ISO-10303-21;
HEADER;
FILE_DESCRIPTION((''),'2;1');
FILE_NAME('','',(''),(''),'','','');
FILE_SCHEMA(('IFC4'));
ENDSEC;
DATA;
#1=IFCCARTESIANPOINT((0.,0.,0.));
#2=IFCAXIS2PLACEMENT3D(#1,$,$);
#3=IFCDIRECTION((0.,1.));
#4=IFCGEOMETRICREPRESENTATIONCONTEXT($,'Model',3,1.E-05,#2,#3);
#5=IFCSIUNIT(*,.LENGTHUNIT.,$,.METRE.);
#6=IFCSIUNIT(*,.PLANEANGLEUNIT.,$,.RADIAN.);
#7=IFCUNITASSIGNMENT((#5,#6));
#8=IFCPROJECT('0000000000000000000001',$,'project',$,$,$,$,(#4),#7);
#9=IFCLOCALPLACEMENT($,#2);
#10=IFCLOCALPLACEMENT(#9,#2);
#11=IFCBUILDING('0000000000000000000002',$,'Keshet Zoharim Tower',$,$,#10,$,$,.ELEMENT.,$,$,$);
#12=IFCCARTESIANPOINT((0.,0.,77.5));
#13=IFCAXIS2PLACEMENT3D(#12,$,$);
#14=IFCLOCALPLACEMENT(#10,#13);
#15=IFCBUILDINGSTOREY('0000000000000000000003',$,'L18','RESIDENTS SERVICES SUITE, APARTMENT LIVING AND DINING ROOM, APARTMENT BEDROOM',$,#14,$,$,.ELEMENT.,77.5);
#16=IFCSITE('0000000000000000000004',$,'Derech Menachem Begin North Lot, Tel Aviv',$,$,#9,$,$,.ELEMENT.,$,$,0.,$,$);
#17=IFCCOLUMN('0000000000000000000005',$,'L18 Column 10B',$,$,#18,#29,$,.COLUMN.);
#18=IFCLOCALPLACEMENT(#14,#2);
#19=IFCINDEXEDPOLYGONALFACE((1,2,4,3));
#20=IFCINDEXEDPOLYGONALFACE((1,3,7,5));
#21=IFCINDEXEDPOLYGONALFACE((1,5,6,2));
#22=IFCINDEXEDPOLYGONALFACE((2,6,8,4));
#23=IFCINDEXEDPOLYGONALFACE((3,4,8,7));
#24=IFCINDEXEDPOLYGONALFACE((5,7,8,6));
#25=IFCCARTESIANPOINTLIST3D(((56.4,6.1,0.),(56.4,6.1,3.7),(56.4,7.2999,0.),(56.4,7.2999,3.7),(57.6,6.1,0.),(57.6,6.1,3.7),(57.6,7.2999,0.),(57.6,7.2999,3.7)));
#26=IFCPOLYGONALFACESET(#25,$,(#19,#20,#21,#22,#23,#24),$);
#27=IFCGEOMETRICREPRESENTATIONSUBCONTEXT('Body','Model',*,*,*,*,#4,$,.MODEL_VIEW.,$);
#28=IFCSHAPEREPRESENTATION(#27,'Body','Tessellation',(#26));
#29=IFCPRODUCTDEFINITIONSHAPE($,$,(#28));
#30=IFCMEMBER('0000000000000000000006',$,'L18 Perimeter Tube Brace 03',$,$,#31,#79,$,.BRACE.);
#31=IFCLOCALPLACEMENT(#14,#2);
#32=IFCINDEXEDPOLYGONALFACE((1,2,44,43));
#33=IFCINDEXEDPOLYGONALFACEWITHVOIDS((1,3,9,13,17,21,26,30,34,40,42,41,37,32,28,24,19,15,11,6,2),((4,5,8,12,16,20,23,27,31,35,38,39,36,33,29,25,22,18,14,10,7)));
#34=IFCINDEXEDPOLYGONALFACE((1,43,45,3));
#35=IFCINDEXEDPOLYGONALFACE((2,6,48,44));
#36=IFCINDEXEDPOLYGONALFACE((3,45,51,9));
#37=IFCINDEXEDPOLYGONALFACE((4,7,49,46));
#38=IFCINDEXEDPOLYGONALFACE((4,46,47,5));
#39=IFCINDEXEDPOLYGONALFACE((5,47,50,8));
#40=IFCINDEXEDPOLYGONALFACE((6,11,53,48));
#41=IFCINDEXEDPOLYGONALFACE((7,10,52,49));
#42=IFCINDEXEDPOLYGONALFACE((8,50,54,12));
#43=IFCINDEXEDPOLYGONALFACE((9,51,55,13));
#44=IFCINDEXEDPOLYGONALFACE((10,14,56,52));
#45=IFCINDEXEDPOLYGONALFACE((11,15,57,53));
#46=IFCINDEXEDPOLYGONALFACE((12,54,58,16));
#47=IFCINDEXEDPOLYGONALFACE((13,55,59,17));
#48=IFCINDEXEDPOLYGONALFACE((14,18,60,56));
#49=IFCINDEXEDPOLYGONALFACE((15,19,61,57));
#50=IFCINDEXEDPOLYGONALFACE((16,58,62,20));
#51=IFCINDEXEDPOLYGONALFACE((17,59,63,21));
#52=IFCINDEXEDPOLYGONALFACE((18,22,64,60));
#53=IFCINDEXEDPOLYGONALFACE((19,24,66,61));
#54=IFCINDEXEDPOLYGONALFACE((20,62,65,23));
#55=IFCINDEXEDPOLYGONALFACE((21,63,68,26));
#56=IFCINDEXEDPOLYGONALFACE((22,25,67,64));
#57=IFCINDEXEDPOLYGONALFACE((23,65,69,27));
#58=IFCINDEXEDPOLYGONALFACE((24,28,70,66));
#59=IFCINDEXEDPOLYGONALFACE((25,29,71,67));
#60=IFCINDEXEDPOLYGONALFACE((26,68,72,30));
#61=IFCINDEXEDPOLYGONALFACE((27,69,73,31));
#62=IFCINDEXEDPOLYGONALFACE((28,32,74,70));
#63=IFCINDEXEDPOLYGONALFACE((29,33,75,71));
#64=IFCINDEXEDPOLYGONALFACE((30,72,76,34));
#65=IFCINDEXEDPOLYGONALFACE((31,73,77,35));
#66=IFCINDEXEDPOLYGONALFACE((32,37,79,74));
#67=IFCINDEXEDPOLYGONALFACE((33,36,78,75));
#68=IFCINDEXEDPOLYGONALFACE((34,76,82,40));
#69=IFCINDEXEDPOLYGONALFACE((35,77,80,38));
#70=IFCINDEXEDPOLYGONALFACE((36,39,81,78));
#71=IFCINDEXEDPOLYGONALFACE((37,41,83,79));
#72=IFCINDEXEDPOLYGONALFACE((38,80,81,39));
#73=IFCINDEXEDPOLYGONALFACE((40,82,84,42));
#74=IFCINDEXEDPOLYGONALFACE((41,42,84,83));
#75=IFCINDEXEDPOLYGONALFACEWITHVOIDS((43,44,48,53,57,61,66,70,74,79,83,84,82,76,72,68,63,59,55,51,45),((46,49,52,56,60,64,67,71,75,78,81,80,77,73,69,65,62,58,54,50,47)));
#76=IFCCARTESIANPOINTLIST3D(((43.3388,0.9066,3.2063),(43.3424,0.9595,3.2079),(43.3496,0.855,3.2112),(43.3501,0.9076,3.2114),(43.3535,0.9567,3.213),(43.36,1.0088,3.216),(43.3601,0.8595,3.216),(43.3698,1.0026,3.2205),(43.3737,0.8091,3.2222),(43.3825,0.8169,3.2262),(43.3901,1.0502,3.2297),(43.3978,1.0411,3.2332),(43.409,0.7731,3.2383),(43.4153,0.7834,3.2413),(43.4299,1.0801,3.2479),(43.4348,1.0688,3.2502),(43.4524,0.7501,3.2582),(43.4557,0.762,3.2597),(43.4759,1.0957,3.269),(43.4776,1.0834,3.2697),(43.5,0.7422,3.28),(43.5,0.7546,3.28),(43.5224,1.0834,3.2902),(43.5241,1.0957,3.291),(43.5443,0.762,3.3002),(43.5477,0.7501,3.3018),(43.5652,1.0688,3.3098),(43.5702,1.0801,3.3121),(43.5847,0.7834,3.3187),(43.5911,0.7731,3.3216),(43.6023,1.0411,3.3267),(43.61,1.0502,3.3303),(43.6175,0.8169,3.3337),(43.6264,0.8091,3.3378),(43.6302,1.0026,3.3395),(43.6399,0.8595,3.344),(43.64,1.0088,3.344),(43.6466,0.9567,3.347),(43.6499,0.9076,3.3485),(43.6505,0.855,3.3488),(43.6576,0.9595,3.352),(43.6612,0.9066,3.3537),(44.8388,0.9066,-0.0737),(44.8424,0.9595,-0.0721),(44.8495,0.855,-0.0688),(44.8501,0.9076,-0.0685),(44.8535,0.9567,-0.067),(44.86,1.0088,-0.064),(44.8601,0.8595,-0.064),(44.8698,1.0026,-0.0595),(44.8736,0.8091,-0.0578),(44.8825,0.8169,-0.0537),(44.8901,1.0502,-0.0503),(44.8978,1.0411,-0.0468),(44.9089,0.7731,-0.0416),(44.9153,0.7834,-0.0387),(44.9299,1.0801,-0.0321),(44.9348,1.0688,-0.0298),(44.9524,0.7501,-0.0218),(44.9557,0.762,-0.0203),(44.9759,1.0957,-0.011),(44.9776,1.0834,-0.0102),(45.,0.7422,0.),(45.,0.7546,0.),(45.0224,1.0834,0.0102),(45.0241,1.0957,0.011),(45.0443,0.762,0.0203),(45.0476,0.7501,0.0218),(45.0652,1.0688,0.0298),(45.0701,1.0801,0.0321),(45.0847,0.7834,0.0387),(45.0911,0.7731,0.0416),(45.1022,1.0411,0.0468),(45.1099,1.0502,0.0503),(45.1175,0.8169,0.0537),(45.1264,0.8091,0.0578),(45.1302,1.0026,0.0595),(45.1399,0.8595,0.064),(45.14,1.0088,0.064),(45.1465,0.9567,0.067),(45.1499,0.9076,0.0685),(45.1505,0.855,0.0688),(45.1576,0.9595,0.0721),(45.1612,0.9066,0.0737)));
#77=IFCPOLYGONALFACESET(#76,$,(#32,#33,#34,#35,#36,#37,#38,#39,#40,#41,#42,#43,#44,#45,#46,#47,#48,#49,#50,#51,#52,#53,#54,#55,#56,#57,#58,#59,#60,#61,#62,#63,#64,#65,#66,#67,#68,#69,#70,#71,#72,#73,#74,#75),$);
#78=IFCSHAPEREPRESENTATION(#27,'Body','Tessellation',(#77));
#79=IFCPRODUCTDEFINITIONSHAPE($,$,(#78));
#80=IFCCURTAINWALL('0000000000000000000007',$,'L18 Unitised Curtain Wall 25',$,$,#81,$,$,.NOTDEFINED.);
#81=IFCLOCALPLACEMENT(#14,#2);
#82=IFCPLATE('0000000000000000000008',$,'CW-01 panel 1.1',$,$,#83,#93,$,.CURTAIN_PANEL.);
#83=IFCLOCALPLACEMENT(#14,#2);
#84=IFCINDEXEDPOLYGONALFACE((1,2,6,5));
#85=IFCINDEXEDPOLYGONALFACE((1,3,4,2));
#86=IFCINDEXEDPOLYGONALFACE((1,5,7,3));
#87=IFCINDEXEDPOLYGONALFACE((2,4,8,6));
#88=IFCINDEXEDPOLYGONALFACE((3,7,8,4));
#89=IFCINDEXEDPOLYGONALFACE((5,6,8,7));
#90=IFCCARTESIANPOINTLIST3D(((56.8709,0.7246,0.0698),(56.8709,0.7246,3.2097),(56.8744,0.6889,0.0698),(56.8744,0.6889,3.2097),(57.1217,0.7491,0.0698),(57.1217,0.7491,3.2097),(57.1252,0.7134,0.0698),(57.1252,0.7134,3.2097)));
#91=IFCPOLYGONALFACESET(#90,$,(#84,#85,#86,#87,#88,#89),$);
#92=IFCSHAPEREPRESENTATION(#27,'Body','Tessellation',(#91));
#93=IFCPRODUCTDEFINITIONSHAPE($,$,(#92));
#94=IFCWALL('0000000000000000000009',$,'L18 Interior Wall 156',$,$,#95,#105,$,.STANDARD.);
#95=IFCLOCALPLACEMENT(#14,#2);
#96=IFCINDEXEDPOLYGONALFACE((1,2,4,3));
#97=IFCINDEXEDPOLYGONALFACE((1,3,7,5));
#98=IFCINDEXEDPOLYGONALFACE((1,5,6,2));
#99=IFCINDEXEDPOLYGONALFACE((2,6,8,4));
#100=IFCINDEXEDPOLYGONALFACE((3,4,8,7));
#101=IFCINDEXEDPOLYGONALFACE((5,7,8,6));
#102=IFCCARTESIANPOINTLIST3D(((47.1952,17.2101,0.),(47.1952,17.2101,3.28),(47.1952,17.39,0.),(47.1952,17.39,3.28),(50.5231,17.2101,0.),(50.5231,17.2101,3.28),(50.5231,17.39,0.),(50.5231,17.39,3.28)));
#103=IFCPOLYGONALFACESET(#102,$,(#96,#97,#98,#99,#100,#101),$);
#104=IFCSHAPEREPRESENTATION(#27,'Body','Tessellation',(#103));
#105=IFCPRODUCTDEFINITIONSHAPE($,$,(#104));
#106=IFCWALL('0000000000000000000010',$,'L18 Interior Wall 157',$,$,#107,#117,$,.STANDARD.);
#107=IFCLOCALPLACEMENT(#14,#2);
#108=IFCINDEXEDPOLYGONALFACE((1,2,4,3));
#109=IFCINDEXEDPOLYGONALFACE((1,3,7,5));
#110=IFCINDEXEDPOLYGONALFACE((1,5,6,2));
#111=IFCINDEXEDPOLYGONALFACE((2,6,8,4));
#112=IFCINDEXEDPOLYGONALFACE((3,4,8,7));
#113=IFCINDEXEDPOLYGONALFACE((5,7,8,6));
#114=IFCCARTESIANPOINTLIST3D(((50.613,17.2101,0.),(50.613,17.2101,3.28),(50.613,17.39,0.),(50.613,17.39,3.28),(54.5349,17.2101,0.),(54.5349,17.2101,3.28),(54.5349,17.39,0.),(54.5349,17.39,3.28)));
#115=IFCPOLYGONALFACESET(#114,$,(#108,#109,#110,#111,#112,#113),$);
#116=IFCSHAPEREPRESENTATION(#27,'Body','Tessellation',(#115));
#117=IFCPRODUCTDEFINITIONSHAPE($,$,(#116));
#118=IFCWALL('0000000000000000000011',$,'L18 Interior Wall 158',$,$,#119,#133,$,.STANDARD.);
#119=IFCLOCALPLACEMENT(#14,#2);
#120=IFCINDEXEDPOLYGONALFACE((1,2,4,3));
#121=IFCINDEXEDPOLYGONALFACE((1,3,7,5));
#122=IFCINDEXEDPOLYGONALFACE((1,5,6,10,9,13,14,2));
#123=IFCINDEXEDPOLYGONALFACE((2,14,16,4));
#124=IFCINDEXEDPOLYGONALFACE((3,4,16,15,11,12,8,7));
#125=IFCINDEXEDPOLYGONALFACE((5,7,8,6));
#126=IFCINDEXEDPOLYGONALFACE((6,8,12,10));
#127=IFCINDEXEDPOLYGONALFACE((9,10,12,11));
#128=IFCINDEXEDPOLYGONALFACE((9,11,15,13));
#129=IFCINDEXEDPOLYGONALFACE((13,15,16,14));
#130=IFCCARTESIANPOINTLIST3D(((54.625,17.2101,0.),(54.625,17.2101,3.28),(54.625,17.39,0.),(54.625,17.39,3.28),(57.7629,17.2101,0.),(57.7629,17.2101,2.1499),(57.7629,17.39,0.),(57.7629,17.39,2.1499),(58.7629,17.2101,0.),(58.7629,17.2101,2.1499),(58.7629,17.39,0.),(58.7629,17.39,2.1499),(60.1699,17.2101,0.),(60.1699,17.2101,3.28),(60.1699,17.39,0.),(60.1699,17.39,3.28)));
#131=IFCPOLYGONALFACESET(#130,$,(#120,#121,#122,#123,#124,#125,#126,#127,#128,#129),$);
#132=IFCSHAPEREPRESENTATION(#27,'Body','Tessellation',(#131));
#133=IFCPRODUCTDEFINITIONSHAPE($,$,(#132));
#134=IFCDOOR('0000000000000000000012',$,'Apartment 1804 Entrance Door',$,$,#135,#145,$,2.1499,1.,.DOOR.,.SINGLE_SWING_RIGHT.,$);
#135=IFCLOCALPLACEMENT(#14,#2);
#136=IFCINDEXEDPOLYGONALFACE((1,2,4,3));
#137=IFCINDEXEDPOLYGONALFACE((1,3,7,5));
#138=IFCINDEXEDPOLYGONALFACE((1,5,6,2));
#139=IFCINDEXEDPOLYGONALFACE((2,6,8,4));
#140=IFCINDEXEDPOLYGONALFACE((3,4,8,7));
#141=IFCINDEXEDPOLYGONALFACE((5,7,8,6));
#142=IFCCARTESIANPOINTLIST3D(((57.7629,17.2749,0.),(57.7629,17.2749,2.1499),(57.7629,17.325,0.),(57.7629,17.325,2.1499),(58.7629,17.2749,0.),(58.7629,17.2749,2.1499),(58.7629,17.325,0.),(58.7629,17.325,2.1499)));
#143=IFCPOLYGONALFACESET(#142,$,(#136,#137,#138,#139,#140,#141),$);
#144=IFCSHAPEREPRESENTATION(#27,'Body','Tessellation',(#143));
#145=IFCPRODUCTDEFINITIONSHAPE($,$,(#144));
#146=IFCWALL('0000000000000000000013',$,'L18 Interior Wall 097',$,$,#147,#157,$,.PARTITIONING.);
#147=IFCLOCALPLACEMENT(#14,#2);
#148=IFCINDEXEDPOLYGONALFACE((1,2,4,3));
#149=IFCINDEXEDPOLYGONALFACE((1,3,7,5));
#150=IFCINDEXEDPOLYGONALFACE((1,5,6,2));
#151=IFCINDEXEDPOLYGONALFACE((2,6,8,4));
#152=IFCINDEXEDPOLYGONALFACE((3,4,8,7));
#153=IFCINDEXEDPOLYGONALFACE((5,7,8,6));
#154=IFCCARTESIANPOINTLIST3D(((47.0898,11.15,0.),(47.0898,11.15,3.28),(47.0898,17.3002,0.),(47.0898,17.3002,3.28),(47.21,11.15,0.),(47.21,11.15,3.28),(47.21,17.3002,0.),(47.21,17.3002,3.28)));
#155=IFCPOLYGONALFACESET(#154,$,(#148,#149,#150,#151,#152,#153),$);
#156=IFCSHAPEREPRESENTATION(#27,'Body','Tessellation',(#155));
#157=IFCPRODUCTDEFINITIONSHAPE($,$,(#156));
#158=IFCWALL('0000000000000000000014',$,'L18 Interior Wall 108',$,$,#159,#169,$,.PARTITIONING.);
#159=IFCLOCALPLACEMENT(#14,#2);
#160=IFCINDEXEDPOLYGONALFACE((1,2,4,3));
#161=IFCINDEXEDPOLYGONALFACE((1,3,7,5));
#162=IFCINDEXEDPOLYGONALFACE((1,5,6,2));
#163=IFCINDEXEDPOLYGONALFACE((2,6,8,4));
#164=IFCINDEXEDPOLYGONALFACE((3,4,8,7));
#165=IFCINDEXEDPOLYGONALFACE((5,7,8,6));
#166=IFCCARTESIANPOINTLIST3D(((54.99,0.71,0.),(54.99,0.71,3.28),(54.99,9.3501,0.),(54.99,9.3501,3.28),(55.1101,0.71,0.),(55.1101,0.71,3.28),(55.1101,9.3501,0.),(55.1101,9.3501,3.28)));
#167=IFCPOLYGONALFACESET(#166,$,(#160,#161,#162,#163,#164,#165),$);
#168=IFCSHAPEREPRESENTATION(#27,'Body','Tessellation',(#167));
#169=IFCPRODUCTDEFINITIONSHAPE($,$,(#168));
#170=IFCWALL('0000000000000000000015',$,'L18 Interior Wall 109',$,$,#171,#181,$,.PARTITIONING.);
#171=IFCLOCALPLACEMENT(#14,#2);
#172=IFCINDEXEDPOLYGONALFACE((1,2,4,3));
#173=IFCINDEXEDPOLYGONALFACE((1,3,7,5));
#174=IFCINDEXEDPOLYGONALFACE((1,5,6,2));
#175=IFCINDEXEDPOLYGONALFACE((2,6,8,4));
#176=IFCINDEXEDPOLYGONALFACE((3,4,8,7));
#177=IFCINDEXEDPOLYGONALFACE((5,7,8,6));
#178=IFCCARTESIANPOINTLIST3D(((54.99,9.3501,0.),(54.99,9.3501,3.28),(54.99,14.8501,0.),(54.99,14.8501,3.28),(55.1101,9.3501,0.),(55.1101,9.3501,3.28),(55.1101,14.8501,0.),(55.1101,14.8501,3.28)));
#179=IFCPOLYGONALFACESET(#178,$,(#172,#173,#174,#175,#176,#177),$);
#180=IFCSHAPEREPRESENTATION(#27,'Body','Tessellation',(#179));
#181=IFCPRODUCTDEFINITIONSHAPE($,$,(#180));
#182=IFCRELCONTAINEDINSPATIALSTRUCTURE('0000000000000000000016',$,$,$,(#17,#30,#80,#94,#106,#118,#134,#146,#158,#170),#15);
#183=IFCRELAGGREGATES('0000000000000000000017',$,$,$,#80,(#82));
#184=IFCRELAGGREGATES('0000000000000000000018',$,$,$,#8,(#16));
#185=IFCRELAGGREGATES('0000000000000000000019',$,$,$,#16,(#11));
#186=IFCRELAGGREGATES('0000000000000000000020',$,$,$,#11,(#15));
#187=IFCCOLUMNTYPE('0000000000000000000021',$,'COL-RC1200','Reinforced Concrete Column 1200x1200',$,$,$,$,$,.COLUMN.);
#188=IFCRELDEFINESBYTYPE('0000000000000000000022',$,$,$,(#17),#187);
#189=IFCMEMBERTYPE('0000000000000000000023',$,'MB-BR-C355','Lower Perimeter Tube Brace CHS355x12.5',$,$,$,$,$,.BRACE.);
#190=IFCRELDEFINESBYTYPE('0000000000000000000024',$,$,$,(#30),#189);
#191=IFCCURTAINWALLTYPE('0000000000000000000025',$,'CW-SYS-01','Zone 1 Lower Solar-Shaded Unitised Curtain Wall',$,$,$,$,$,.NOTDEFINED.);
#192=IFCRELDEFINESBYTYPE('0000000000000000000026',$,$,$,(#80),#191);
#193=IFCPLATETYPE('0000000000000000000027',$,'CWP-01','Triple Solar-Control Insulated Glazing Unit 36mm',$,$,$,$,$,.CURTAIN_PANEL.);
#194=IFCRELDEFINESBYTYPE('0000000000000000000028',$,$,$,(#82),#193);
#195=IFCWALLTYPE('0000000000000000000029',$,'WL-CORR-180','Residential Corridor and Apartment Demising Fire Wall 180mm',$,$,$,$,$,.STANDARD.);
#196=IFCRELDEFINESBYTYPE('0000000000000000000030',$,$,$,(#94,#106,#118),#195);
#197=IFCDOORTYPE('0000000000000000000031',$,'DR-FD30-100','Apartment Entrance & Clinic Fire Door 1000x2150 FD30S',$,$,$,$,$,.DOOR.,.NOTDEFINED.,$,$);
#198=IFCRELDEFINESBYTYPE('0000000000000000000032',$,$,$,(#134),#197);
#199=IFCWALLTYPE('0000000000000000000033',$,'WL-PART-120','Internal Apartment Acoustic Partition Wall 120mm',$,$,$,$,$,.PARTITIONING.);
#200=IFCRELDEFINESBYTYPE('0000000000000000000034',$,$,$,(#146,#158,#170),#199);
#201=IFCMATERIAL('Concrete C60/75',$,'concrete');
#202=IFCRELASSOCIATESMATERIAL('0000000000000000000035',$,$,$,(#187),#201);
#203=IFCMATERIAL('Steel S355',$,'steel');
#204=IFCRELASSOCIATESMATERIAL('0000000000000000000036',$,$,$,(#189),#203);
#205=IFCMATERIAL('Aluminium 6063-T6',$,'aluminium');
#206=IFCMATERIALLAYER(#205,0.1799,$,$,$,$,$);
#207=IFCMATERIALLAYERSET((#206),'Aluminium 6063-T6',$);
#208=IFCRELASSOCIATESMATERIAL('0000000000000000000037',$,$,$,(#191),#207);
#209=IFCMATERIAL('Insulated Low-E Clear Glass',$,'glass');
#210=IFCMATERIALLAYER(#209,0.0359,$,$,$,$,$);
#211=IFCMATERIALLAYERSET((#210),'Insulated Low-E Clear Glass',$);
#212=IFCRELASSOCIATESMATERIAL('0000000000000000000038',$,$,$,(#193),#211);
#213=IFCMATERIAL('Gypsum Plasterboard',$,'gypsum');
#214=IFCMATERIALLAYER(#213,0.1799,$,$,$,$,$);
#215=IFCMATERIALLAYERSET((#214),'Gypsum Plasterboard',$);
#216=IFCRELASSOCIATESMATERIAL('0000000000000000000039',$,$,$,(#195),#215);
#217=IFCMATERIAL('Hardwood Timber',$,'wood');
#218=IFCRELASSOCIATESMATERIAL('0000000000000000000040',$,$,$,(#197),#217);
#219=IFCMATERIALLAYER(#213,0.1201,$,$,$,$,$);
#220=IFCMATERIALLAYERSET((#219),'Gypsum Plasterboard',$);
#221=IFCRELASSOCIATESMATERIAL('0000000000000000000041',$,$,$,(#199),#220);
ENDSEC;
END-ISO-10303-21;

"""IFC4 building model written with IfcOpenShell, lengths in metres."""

from ifc_helpers import new_model, si_unit, direction, frame, frame_2d, origin, origin_2d, place, context, subcontext, project, spatial, rectangle, hollow_circle, extrude, material, layer, layer_set, material_profile, profile_set, type_object, element, fill, aggregate, save


model = new_model("IFC4")

# Units and contexts
model_context = context("Model", 3, precision=1e-05, world=origin(), true_north=direction((0.0, 1.0)))
body_context = subcontext(model_context, "Body", "Model", "MODEL_VIEW")
ifc_project = project(units=[si_unit("LENGTHUNIT", "METRE"), si_unit("PLANEANGLEUNIT", "RADIAN")], contexts=[model_context])

# Site, building, storey
site_placement = place(None, origin())
site = spatial("IfcSite", under=ifc_project, at=site_placement, Name="Derech Menachem Begin North Lot, Tel Aviv", CompositionType="ELEMENT", RefElevation=0.0)
building_placement = place(site_placement, origin())
building = spatial("IfcBuilding", under=site, at=building_placement, Name="Keshet Zoharim Tower", CompositionType="ELEMENT")
storey_placement = place(building_placement, frame((0.0, 0.0, 77.5)))
storey = spatial("IfcBuildingStorey", under=building, at=storey_placement, Name="L18", Description="RESIDENTS SERVICES SUITE, APARTMENT LIVING AND DINING ROOM, APARTMENT BEDROOM", CompositionType="ELEMENT", Elevation=77.5)

# Column
ifc_material_1 = material(Name="Concrete C60/75", Category="concrete")
ifc_material_profile_1 = material_profile(ifc_material_1, rectangle(XDim=1.2, YDim=1.2, at=origin_2d()), Name="RC1200x1200")
ifc_profile_set_1 = profile_set([ifc_material_profile_1], Name="Concrete C60/75")
column_type = type_object("IfcColumnType", Name="COL-RC1200", Description="Reinforced Concrete Column 1200x1200", PredefinedType="COLUMN", material=ifc_profile_set_1)
column_placement = place(storey_placement, frame((57.0, 6.7, 0.0), z_axis=(0.0, 0.0, 1.0), x_axis=(1.0, 0.0, 0.0)))
element("IfcColumn", 1, at=column_placement, inside=storey, type_object=column_type, Name="L18 Column 10B", PredefinedType="COLUMN", context=body_context, shape_type="SweptSolid", body=[
    extrude(rectangle(XDim=1.2, YDim=1.2, at=origin_2d()), origin(), (0.0, 0.0, 1.0), 3.7),
])

# Member
ifc_material_2 = material(Name="Steel S355", Category="steel")
ifc_material_profile_2 = material_profile(ifc_material_2, hollow_circle(Radius=0.1777, WallThickness=0.0125, at=origin_2d()), Name="CHS355x12.5")
ifc_profile_set_2 = profile_set([ifc_material_profile_2], Name="Steel S355")
member_type = type_object("IfcMemberType", Name="MB-BR-C355", Description="Lower Perimeter Tube Brace CHS355x12.5", PredefinedType="BRACE", material=ifc_profile_set_2)
member_placement = place(storey_placement, frame((45.0, 0.9199, 0.0), z_axis=(-0.415888, 0.0, 0.909416), x_axis=(0.0, -1.0, 0.0)))
element("IfcMember", 2, at=member_placement, inside=storey, type_object=member_type, Name="L18 Perimeter Tube Brace 03", PredefinedType="BRACE", context=body_context, shape_type="SweptSolid", body=[
    extrude(hollow_circle(Radius=0.1777, WallThickness=0.0125, at=origin_2d()), origin(), (0.0, 0.0, 1.0), 3.6067),
])

# Curtain wall, plate
ifc_material_3 = material(Name="Aluminium 6063-T6", Category="aluminium")
ifc_layer_1 = layer(ifc_material_3, 0.1799)
ifc_layer_set_1 = layer_set([ifc_layer_1], Name="Aluminium 6063-T6")
curtain_wall_type = type_object("IfcCurtainWallType", Name="CW-SYS-01", Description="Zone 1 Lower Solar-Shaded Unitised Curtain Wall", PredefinedType="NOTDEFINED", material=ifc_layer_set_1)
curtain_wall_placement = place(storey_placement, origin())
curtain_wall = element("IfcCurtainWall", 3, at=curtain_wall_placement, inside=storey, type_object=curtain_wall_type, Name="L18 Unitised Curtain Wall 25", PredefinedType="NOTDEFINED")
ifc_material_4 = material(Name="Insulated Low-E Clear Glass", Category="glass")
ifc_layer_2 = layer(ifc_material_4, 0.0359)
ifc_layer_set_2 = layer_set([ifc_layer_2], Name="Insulated Low-E Clear Glass")
plate_type = type_object("IfcPlateType", Name="CWP-01", Description="Triple Solar-Control Insulated Glazing Unit 36mm", PredefinedType="CURTAIN_PANEL", material=ifc_layer_set_2)
plate_placement = place(storey_placement, frame((56.998, 0.719, 0.0698), z_axis=(0.0, 0.0, 1.0), x_axis=(-0.995287, -0.096977, 0.0)))
plate = element("IfcPlate", 4, at=plate_placement, type_object=plate_type, Name="CW-01 panel 1.1", PredefinedType="CURTAIN_PANEL", context=body_context, shape_type="SweptSolid", body=[
    extrude(rectangle(XDim=0.252, YDim=0.0359, at=origin_2d()), origin(), (0.0, 0.0, 1.0), 3.1399),
])
aggregate(curtain_wall, [plate])

# Walls
ifc_material_5 = material(Name="Gypsum Plasterboard", Category="gypsum")
ifc_layer_3 = layer(ifc_material_5, 0.1799)
ifc_layer_set_3 = layer_set([ifc_layer_3], Name="Gypsum Plasterboard")
wall_type_1 = type_object("IfcWallType", Name="WL-CORR-180", Description="Residential Corridor and Apartment Demising Fire Wall 180mm", PredefinedType="STANDARD", material=ifc_layer_set_3)
wall_1_placement = place(storey_placement, frame((47.1951, 17.3, 0.0), z_axis=(0.0, 0.0, 1.0), x_axis=(1.0, 0.0, 0.0)))
element("IfcWall", 5, at=wall_1_placement, inside=storey, type_object=wall_type_1, Name="L18 Interior Wall 156", PredefinedType="STANDARD", context=body_context, shape_type="SweptSolid", body=[
    extrude(rectangle(XDim=3.3279, YDim=0.1799, at=frame_2d((1.6641, 0.0))), origin(), (0.0, 0.0, 1.0), 3.28),
])
wall_2_placement = place(storey_placement, frame((50.613, 17.3, 0.0), z_axis=(0.0, 0.0, 1.0), x_axis=(1.0, 0.0, 0.0)))
element("IfcWall", 6, at=wall_2_placement, inside=storey, type_object=wall_type_1, Name="L18 Interior Wall 157", PredefinedType="STANDARD", context=body_context, shape_type="SweptSolid", body=[
    extrude(rectangle(XDim=3.9219, YDim=0.1799, at=frame_2d((1.9609, 0.0))), origin(), (0.0, 0.0, 1.0), 3.28),
])

# Wall, opening, door
wall_3_placement = place(storey_placement, frame((54.625, 17.3, 0.0), z_axis=(0.0, 0.0, 1.0), x_axis=(1.0, 0.0, 0.0)))
wall_3 = element("IfcWall", 7, at=wall_3_placement, inside=storey, type_object=wall_type_1, Name="L18 Interior Wall 158", PredefinedType="STANDARD", context=body_context, shape_type="SweptSolid", body=[
    extrude(rectangle(XDim=5.5449, YDim=0.1799, at=frame_2d((2.7725, 0.0))), origin(), (0.0, 0.0, 1.0), 3.28),
])
opening_1_placement = place(wall_3_placement, frame((3.1379, 0.0, 0.0)))
opening_1 = element("IfcOpeningElement", 8, at=opening_1_placement, cuts=wall_3, PredefinedType="OPENING", context=body_context, shape_type="SweptSolid", body=[
    extrude(rectangle(XDim=1.0, YDim=2.1499, at=frame_2d((0.5, 1.075))), frame((0.0, 0.1001, 0.0), z_axis=(0.0, -1.0, 0.0), x_axis=(1.0, 0.0, 0.0)), (0.0, 0.0, 1.0), 0.2),
])
ifc_material_6 = material(Name="Hardwood Timber", Category="wood")
door_type_1 = type_object("IfcDoorType", Name="DR-FD30-100", Description="Apartment Entrance & Clinic Fire Door 1000x2150 FD30S", OperationType="NOTDEFINED", PredefinedType="DOOR", material=ifc_material_6)
door_1_placement = place(opening_1_placement, origin())
door_1 = element("IfcDoor", 9, at=door_1_placement, inside=storey, type_object=door_type_1, Name="Apartment 1804 Entrance Door", OperationType="SINGLE_SWING_RIGHT", OverallHeight=2.1499, OverallWidth=1.0, PredefinedType="DOOR", context=body_context, shape_type="SweptSolid", body=[
    extrude(rectangle(XDim=1.0, YDim=2.1499, at=frame_2d((0.5, 1.075))), frame((0.0, 0.0249, 0.0), z_axis=(0.0, -1.0, 0.0), x_axis=(1.0, 0.0, 0.0)), (0.0, 0.0, 1.0), 0.05),
])
fill(opening_1, door_1)

# Walls
ifc_layer_4 = layer(ifc_material_5, 0.1201)
ifc_layer_set_4 = layer_set([ifc_layer_4], Name="Gypsum Plasterboard")
wall_type_2 = type_object("IfcWallType", Name="WL-PART-120", Description="Internal Apartment Acoustic Partition Wall 120mm", PredefinedType="PARTITIONING", material=ifc_layer_set_4)
wall_4_placement = place(storey_placement, frame((47.1499, 11.1499, 0.0), z_axis=(0.0, 0.0, 1.0), x_axis=(0.0, 1.0, 0.0)))
element("IfcWall", 10, at=wall_4_placement, inside=storey, type_object=wall_type_2, Name="L18 Interior Wall 097", PredefinedType="PARTITIONING", context=body_context, shape_type="SweptSolid", body=[
    extrude(rectangle(XDim=6.1501, YDim=0.1201, at=frame_2d((3.0752, 0.0))), origin(), (0.0, 0.0, 1.0), 3.28),
])
wall_5_placement = place(storey_placement, frame((55.05, 0.71, 0.0), z_axis=(0.0, 0.0, 1.0), x_axis=(0.0, 1.0, 0.0)))
element("IfcWall", 11, at=wall_5_placement, inside=storey, type_object=wall_type_2, Name="L18 Interior Wall 108", PredefinedType="PARTITIONING", context=body_context, shape_type="SweptSolid", body=[
    extrude(rectangle(XDim=8.6401, YDim=0.1201, at=frame_2d((4.3201, 0.0))), origin(), (0.0, 0.0, 1.0), 3.28),
])
wall_6_placement = place(storey_placement, frame((55.05, 9.3501, 0.0), z_axis=(0.0, 0.0, 1.0), x_axis=(0.0, 1.0, 0.0)))
element("IfcWall", 12, at=wall_6_placement, inside=storey, type_object=wall_type_2, Name="L18 Interior Wall 109", PredefinedType="PARTITIONING", context=body_context, shape_type="SweptSolid", body=[
    extrude(rectangle(XDim=5.5, YDim=0.1201, at=frame_2d((2.75, 0.0))), origin(), (0.0, 0.0, 1.0), 3.28),
])

save(model, "model.ifc")
